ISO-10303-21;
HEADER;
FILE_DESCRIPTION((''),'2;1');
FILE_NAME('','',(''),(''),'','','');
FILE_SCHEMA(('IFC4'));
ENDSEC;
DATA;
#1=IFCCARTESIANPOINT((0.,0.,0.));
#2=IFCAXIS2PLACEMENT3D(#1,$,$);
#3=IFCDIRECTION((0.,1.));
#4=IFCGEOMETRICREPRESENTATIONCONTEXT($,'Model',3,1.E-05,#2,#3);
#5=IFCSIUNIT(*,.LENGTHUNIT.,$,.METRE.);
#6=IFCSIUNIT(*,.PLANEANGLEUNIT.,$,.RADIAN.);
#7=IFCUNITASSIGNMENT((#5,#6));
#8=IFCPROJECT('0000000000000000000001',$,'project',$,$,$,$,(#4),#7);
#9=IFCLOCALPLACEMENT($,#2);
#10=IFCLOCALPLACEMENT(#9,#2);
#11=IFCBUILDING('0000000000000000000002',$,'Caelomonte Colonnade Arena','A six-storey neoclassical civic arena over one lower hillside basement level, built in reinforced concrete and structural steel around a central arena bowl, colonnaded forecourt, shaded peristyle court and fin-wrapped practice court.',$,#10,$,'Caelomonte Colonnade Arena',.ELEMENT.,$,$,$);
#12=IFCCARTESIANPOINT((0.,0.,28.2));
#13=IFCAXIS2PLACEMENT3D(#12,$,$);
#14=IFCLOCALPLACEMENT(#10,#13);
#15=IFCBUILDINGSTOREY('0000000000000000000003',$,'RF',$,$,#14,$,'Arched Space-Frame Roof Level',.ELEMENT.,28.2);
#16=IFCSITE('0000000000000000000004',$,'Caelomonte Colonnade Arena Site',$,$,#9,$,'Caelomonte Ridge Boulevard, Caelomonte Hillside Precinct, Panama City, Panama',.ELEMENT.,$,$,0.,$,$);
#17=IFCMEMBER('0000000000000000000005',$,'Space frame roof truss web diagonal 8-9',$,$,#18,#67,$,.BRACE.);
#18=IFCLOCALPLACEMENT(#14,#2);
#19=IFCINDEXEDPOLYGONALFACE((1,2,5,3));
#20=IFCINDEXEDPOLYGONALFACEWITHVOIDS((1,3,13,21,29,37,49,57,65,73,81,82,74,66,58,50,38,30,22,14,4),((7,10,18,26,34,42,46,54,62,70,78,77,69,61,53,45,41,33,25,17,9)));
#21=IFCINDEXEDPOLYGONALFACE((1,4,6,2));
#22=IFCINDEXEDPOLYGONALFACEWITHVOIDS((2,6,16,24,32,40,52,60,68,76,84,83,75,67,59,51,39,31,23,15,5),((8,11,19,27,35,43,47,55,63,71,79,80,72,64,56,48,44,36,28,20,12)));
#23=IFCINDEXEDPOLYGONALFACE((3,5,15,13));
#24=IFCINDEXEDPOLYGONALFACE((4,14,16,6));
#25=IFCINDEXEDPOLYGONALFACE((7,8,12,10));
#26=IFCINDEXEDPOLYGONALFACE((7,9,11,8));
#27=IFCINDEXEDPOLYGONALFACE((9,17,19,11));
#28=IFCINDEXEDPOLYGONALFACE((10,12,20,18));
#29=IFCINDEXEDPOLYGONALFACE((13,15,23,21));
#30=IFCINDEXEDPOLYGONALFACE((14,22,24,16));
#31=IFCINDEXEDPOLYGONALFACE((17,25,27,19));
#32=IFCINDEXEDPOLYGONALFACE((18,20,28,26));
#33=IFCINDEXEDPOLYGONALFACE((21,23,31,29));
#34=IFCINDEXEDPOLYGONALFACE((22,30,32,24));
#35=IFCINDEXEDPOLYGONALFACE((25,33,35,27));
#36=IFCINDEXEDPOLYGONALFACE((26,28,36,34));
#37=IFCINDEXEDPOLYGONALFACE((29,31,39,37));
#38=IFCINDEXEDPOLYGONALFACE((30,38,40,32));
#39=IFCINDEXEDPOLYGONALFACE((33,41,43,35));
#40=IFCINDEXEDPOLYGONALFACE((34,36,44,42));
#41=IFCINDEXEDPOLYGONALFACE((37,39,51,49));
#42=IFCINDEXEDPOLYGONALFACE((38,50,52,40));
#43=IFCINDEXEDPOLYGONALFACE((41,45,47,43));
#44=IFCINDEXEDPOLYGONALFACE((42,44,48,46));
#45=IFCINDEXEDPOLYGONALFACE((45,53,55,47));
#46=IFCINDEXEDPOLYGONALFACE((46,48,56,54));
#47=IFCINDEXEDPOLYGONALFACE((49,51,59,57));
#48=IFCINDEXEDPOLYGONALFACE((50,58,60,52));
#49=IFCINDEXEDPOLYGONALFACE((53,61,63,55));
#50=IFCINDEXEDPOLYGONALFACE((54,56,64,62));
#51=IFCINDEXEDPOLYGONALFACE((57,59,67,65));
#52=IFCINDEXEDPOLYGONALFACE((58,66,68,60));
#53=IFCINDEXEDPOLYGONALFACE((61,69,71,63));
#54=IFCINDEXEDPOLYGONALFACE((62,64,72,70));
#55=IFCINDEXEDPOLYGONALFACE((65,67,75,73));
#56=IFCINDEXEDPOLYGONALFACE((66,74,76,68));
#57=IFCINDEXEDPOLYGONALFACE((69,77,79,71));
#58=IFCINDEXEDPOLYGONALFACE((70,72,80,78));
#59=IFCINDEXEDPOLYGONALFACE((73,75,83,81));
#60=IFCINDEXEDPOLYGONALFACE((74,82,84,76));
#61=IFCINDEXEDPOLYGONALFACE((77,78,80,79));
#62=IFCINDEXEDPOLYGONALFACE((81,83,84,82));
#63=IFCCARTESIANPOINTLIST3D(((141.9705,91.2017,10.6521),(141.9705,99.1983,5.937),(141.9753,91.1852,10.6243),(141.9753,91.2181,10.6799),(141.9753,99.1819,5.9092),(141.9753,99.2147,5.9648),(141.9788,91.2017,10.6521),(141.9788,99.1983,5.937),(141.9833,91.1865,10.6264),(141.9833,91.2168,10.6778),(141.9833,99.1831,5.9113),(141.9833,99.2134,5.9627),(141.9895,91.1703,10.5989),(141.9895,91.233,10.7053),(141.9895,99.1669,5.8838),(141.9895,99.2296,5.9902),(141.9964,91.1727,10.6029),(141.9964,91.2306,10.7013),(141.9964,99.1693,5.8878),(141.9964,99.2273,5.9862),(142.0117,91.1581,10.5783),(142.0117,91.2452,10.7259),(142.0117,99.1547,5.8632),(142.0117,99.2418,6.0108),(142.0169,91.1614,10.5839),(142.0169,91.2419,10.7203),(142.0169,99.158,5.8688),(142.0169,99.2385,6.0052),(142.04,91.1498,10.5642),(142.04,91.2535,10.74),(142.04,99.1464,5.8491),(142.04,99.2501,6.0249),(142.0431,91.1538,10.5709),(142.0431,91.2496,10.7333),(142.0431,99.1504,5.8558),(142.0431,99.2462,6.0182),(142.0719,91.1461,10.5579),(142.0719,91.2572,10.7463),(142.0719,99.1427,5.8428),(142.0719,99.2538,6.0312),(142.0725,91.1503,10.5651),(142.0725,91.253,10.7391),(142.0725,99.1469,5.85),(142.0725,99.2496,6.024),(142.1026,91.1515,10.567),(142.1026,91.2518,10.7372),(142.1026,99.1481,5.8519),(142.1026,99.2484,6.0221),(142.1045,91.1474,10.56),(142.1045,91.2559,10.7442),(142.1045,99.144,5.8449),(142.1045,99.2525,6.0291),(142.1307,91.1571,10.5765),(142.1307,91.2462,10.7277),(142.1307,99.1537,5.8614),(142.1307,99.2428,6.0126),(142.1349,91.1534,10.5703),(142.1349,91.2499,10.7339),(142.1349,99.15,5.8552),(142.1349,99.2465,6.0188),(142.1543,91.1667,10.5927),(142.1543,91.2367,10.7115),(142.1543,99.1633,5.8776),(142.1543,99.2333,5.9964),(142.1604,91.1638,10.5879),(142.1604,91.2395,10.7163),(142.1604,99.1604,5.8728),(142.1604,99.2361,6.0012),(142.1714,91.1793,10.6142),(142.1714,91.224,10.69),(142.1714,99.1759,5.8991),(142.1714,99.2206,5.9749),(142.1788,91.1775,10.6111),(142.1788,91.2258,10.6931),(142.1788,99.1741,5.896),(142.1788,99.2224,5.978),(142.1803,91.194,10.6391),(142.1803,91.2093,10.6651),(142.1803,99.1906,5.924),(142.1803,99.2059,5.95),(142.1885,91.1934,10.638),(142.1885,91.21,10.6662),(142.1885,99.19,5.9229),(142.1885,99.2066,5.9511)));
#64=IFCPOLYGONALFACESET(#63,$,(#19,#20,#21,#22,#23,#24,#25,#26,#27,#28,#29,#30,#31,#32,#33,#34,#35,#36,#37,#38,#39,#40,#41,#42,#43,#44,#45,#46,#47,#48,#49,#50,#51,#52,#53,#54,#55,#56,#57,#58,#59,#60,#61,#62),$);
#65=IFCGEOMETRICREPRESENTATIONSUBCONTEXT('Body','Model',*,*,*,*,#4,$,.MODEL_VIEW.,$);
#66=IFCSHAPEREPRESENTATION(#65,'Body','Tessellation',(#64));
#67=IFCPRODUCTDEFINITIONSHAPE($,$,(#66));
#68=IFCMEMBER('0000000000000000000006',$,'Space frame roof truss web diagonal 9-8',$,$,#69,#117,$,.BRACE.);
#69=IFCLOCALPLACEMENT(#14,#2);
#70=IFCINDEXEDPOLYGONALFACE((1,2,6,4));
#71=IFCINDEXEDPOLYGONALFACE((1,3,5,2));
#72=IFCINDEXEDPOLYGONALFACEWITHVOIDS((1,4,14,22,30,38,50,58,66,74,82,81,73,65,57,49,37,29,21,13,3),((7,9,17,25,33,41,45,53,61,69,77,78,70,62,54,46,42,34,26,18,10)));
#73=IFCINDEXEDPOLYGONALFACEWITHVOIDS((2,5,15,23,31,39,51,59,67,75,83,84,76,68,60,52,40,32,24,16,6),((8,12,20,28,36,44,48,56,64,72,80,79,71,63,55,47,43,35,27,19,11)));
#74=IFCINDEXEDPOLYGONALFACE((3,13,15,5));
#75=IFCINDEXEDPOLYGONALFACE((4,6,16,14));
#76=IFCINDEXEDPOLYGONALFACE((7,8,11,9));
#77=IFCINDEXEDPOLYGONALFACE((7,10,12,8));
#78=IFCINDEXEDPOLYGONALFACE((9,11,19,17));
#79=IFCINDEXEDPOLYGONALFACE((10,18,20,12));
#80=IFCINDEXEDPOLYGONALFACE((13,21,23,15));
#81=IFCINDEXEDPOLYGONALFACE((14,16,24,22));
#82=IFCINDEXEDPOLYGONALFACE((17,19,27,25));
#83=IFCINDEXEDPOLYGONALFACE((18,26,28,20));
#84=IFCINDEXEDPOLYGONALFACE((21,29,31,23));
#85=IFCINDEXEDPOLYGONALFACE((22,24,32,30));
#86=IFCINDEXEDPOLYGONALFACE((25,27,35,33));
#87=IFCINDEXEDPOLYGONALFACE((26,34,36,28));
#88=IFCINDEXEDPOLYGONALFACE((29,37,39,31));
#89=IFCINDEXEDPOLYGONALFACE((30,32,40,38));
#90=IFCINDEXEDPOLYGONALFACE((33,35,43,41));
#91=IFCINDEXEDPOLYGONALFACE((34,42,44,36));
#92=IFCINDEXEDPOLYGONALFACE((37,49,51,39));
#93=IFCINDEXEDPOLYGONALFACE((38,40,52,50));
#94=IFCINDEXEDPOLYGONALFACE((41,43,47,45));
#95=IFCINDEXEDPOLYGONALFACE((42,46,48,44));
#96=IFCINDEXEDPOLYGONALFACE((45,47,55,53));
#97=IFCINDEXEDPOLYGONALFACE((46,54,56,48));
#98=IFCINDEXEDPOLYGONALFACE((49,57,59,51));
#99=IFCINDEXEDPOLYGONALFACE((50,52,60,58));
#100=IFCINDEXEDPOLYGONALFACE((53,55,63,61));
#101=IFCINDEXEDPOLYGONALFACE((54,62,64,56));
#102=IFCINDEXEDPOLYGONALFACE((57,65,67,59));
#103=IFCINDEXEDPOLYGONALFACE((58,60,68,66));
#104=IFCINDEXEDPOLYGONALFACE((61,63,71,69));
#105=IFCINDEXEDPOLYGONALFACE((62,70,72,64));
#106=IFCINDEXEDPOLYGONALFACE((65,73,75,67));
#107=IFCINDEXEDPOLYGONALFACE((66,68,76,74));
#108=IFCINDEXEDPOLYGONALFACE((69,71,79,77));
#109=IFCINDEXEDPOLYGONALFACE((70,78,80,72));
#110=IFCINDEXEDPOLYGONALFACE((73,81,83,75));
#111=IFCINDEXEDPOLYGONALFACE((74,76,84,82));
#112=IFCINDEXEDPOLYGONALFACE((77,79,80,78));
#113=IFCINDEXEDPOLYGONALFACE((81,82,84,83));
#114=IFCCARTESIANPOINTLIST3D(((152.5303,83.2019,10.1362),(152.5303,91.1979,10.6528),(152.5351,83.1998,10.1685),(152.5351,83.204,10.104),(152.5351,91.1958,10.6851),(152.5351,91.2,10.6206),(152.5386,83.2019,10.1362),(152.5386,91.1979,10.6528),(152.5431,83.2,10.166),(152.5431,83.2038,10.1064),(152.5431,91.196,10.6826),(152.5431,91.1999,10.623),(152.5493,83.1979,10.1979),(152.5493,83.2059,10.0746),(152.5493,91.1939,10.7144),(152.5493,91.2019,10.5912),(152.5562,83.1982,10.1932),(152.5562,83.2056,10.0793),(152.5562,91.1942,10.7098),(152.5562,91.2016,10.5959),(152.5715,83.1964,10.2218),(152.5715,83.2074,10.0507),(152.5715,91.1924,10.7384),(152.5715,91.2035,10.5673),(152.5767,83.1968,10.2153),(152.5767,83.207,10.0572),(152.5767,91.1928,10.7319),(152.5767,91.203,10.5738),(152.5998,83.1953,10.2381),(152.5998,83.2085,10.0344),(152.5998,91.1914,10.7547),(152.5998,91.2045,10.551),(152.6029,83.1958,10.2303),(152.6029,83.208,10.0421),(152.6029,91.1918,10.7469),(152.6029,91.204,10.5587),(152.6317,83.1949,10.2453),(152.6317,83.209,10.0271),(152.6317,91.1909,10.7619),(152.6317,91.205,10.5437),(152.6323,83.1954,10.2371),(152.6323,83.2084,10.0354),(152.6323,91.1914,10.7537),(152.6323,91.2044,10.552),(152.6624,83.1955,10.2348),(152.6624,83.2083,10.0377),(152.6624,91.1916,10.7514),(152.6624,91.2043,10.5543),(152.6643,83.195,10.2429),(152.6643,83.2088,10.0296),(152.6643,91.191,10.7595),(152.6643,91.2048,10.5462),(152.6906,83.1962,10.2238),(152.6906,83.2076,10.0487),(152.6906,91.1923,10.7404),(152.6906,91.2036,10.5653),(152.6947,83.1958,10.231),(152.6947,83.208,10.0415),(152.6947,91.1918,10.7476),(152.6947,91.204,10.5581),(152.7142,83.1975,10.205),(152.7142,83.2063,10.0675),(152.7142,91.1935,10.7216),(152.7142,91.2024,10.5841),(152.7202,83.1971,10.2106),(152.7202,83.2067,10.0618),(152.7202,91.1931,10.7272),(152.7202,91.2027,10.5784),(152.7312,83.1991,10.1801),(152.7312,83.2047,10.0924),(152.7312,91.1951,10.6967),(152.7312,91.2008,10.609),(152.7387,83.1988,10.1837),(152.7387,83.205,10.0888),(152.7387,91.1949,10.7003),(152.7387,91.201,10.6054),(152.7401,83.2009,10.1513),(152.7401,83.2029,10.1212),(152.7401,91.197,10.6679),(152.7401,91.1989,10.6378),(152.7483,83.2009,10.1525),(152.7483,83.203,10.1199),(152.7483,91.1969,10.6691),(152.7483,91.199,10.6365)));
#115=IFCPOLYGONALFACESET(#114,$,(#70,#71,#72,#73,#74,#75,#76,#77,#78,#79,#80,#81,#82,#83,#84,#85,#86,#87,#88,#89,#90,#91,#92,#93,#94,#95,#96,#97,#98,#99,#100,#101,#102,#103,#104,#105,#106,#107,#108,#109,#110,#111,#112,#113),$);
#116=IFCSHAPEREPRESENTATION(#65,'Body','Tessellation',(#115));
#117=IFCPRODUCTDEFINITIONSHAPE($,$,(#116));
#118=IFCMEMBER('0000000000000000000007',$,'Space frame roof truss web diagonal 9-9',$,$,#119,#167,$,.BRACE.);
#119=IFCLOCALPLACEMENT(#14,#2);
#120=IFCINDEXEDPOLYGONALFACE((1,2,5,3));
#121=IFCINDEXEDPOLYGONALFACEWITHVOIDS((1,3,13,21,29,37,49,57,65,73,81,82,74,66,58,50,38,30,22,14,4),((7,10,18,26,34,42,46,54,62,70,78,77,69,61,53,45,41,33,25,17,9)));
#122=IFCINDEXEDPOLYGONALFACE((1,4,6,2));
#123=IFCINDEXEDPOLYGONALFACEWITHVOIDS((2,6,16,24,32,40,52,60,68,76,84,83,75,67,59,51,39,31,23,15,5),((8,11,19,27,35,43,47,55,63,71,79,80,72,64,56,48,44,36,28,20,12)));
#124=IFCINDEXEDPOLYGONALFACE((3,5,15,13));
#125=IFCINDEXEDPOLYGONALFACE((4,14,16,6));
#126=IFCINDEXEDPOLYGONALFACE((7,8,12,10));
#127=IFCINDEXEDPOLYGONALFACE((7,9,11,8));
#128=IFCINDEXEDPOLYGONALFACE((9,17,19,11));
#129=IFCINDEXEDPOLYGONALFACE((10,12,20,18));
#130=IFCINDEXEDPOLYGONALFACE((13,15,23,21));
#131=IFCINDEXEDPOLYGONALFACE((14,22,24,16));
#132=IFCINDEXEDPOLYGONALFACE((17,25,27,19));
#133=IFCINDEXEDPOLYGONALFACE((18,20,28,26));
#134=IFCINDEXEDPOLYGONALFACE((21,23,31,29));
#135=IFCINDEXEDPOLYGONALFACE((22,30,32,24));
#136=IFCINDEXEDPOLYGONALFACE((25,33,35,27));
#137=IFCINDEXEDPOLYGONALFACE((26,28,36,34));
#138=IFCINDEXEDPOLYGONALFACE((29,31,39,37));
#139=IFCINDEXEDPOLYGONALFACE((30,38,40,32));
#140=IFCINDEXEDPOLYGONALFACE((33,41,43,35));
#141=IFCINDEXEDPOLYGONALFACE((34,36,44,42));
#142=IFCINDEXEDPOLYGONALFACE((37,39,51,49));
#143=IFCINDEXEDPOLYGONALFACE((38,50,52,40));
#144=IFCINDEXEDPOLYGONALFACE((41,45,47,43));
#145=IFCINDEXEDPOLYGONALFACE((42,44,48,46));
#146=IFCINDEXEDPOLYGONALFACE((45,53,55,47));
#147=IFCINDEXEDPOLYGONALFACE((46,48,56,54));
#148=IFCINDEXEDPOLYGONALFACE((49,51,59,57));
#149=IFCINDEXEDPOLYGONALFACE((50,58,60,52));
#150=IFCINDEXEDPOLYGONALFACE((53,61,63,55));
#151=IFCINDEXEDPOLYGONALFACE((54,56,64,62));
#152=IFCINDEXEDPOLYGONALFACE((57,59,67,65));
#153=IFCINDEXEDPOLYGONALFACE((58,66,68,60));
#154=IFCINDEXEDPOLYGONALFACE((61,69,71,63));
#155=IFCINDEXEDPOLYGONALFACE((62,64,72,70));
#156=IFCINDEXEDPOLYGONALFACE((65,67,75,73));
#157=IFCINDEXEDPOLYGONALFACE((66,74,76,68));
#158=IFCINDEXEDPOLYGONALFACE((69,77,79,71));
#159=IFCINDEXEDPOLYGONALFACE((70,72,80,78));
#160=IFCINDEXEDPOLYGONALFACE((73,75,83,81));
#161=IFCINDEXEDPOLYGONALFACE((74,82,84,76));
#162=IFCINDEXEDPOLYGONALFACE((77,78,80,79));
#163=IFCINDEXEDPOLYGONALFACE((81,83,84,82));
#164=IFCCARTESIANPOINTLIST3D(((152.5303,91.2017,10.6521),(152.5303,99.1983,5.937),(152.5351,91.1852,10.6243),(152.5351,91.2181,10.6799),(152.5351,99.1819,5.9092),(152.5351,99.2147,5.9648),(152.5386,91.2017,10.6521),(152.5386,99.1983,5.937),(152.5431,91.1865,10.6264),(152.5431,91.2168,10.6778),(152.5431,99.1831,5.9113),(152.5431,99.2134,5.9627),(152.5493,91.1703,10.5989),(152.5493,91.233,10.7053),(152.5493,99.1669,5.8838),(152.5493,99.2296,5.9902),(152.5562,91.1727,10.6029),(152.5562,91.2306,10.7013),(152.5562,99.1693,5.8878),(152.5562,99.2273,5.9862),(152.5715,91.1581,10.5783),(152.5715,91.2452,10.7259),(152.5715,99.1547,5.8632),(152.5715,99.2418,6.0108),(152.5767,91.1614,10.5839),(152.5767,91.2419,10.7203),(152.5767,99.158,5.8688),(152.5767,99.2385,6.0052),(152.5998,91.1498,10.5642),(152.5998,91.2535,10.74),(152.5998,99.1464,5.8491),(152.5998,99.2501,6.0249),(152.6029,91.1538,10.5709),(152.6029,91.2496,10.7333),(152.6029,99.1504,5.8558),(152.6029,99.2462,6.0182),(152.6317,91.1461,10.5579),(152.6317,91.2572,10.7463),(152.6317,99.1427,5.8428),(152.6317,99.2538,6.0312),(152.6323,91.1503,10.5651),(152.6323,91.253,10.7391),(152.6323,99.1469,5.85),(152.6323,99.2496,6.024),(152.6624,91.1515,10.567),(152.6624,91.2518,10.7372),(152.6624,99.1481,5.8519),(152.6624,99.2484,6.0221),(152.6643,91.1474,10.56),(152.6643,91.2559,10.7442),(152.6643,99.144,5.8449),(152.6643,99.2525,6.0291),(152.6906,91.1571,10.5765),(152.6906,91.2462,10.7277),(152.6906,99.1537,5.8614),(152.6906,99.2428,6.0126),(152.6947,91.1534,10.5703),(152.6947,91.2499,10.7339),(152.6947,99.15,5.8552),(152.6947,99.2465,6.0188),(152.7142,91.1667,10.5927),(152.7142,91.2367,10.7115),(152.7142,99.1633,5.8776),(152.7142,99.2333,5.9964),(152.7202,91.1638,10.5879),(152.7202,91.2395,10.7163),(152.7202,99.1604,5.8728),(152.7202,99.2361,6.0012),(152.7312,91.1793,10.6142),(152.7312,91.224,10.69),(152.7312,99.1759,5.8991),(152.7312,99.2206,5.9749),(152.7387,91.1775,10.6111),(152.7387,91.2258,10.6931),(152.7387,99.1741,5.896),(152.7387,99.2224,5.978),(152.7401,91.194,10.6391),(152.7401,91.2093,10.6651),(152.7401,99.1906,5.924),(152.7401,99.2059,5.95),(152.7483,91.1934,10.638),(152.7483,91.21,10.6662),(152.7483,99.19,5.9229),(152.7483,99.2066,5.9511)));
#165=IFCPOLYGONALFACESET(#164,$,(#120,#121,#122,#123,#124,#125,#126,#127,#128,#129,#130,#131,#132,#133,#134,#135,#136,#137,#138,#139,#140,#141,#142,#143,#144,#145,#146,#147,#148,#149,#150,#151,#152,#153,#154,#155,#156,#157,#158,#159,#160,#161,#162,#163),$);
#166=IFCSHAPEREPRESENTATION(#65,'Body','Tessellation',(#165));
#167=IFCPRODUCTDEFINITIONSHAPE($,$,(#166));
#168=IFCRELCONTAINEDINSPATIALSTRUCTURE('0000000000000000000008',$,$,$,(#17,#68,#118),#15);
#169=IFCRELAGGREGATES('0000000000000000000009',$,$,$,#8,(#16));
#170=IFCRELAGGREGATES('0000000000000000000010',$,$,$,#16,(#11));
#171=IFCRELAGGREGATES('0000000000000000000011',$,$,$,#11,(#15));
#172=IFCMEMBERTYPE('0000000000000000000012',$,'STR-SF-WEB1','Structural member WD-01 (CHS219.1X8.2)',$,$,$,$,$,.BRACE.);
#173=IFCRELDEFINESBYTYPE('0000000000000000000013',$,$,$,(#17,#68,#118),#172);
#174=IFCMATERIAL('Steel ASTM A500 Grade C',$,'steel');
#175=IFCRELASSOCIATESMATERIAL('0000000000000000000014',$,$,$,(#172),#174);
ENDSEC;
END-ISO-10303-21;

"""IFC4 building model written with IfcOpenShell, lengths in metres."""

from ifc_helpers import new_model, si_unit, direction, frame, origin, origin_2d, place, context, subcontext, project, spatial, hollow_circle, extrude, material, material_profile, profile_set, type_object, element, save


model = new_model("IFC4")

# Units and contexts
model_context = context("Model", 3, precision=1e-05, world=origin(), true_north=direction((0.0, 1.0)))
body_context = subcontext(model_context, "Body", "Model", "MODEL_VIEW")
ifc_project = project(units=[si_unit("LENGTHUNIT", "METRE"), si_unit("PLANEANGLEUNIT", "RADIAN")], contexts=[model_context])

# Site, building, storey
site_placement = place(None, origin())
site = spatial("IfcSite", under=ifc_project, at=site_placement, Name="Caelomonte Colonnade Arena Site", LongName="Caelomonte Ridge Boulevard, Caelomonte Hillside Precinct, Panama City, Panama", CompositionType="ELEMENT", RefElevation=0.0)
building_placement = place(site_placement, origin())
building = spatial("IfcBuilding", under=site, at=building_placement, Name="Caelomonte Colonnade Arena", Description="A six-storey neoclassical civic arena over one lower hillside basement level, built in reinforced concrete and structural steel around a central arena bowl, colonnaded forecourt, shaded peristyle court and fin-wrapped practice court.", LongName="Caelomonte Colonnade Arena", CompositionType="ELEMENT")
storey_placement = place(building_placement, frame((0.0, 0.0, 28.2)))
storey = spatial("IfcBuildingStorey", under=building, at=storey_placement, Name="RF", LongName="Arched Space-Frame Roof Level", CompositionType="ELEMENT", Elevation=28.2)

# Members
ifc_material_1 = material(Name="Steel ASTM A500 Grade C", Category="steel")
ifc_material_profile_1 = material_profile(ifc_material_1, hollow_circle(Radius=0.1096, WallThickness=0.0083, at=origin_2d()), Name="CHS219.1X8.2")
ifc_profile_set_1 = profile_set([ifc_material_profile_1], Name="Steel ASTM A500 Grade C")
member_type_1 = type_object("IfcMemberType", Name="STR-SF-WEB1", Description="Structural member WD-01 (CHS219.1X8.2)", PredefinedType="BRACE", material=ifc_profile_set_1)
member_1_placement = place(storey_placement, frame((142.0801, 91.2017, 10.6521), z_axis=(0.0, 0.861406, -0.507917), x_axis=(-1.0, 0.0, 0.0)))
element("IfcMember", 1, at=member_1_placement, inside=storey, type_object=member_type_1, Name="Space frame roof truss web diagonal 8-9", PredefinedType="BRACE", context=body_context, shape_type="SweptSolid", body=[
    extrude(hollow_circle(Radius=0.1096, WallThickness=0.0083, at=origin_2d()), origin(), (0.0, 0.0, 1.0), 9.2832),
])
member_2_placement = place(storey_placement, frame((152.6399, 83.2019, 10.1362), z_axis=(0.0, 0.997919, 0.064472), x_axis=(-1.0, 0.0, 0.0)))
element("IfcMember", 2, at=member_2_placement, inside=storey, type_object=member_type_1, Name="Space frame roof truss web diagonal 9-8", PredefinedType="BRACE", context=body_context, shape_type="SweptSolid", body=[
    extrude(hollow_circle(Radius=0.1096, WallThickness=0.0083, at=origin_2d()), origin(), (0.0, 0.0, 1.0), 8.0127),
])
member_3_placement = place(storey_placement, frame((152.6399, 91.2017, 10.6521), z_axis=(0.0, 0.861406, -0.507917), x_axis=(-1.0, 0.0, 0.0)))
element("IfcMember", 3, at=member_3_placement, inside=storey, type_object=member_type_1, Name="Space frame roof truss web diagonal 9-9", PredefinedType="BRACE", context=body_context, shape_type="SweptSolid", body=[
    extrude(hollow_circle(Radius=0.1096, WallThickness=0.0083, at=origin_2d()), origin(), (0.0, 0.0, 1.0), 9.2832),
])

save(model, "model.ifc")
